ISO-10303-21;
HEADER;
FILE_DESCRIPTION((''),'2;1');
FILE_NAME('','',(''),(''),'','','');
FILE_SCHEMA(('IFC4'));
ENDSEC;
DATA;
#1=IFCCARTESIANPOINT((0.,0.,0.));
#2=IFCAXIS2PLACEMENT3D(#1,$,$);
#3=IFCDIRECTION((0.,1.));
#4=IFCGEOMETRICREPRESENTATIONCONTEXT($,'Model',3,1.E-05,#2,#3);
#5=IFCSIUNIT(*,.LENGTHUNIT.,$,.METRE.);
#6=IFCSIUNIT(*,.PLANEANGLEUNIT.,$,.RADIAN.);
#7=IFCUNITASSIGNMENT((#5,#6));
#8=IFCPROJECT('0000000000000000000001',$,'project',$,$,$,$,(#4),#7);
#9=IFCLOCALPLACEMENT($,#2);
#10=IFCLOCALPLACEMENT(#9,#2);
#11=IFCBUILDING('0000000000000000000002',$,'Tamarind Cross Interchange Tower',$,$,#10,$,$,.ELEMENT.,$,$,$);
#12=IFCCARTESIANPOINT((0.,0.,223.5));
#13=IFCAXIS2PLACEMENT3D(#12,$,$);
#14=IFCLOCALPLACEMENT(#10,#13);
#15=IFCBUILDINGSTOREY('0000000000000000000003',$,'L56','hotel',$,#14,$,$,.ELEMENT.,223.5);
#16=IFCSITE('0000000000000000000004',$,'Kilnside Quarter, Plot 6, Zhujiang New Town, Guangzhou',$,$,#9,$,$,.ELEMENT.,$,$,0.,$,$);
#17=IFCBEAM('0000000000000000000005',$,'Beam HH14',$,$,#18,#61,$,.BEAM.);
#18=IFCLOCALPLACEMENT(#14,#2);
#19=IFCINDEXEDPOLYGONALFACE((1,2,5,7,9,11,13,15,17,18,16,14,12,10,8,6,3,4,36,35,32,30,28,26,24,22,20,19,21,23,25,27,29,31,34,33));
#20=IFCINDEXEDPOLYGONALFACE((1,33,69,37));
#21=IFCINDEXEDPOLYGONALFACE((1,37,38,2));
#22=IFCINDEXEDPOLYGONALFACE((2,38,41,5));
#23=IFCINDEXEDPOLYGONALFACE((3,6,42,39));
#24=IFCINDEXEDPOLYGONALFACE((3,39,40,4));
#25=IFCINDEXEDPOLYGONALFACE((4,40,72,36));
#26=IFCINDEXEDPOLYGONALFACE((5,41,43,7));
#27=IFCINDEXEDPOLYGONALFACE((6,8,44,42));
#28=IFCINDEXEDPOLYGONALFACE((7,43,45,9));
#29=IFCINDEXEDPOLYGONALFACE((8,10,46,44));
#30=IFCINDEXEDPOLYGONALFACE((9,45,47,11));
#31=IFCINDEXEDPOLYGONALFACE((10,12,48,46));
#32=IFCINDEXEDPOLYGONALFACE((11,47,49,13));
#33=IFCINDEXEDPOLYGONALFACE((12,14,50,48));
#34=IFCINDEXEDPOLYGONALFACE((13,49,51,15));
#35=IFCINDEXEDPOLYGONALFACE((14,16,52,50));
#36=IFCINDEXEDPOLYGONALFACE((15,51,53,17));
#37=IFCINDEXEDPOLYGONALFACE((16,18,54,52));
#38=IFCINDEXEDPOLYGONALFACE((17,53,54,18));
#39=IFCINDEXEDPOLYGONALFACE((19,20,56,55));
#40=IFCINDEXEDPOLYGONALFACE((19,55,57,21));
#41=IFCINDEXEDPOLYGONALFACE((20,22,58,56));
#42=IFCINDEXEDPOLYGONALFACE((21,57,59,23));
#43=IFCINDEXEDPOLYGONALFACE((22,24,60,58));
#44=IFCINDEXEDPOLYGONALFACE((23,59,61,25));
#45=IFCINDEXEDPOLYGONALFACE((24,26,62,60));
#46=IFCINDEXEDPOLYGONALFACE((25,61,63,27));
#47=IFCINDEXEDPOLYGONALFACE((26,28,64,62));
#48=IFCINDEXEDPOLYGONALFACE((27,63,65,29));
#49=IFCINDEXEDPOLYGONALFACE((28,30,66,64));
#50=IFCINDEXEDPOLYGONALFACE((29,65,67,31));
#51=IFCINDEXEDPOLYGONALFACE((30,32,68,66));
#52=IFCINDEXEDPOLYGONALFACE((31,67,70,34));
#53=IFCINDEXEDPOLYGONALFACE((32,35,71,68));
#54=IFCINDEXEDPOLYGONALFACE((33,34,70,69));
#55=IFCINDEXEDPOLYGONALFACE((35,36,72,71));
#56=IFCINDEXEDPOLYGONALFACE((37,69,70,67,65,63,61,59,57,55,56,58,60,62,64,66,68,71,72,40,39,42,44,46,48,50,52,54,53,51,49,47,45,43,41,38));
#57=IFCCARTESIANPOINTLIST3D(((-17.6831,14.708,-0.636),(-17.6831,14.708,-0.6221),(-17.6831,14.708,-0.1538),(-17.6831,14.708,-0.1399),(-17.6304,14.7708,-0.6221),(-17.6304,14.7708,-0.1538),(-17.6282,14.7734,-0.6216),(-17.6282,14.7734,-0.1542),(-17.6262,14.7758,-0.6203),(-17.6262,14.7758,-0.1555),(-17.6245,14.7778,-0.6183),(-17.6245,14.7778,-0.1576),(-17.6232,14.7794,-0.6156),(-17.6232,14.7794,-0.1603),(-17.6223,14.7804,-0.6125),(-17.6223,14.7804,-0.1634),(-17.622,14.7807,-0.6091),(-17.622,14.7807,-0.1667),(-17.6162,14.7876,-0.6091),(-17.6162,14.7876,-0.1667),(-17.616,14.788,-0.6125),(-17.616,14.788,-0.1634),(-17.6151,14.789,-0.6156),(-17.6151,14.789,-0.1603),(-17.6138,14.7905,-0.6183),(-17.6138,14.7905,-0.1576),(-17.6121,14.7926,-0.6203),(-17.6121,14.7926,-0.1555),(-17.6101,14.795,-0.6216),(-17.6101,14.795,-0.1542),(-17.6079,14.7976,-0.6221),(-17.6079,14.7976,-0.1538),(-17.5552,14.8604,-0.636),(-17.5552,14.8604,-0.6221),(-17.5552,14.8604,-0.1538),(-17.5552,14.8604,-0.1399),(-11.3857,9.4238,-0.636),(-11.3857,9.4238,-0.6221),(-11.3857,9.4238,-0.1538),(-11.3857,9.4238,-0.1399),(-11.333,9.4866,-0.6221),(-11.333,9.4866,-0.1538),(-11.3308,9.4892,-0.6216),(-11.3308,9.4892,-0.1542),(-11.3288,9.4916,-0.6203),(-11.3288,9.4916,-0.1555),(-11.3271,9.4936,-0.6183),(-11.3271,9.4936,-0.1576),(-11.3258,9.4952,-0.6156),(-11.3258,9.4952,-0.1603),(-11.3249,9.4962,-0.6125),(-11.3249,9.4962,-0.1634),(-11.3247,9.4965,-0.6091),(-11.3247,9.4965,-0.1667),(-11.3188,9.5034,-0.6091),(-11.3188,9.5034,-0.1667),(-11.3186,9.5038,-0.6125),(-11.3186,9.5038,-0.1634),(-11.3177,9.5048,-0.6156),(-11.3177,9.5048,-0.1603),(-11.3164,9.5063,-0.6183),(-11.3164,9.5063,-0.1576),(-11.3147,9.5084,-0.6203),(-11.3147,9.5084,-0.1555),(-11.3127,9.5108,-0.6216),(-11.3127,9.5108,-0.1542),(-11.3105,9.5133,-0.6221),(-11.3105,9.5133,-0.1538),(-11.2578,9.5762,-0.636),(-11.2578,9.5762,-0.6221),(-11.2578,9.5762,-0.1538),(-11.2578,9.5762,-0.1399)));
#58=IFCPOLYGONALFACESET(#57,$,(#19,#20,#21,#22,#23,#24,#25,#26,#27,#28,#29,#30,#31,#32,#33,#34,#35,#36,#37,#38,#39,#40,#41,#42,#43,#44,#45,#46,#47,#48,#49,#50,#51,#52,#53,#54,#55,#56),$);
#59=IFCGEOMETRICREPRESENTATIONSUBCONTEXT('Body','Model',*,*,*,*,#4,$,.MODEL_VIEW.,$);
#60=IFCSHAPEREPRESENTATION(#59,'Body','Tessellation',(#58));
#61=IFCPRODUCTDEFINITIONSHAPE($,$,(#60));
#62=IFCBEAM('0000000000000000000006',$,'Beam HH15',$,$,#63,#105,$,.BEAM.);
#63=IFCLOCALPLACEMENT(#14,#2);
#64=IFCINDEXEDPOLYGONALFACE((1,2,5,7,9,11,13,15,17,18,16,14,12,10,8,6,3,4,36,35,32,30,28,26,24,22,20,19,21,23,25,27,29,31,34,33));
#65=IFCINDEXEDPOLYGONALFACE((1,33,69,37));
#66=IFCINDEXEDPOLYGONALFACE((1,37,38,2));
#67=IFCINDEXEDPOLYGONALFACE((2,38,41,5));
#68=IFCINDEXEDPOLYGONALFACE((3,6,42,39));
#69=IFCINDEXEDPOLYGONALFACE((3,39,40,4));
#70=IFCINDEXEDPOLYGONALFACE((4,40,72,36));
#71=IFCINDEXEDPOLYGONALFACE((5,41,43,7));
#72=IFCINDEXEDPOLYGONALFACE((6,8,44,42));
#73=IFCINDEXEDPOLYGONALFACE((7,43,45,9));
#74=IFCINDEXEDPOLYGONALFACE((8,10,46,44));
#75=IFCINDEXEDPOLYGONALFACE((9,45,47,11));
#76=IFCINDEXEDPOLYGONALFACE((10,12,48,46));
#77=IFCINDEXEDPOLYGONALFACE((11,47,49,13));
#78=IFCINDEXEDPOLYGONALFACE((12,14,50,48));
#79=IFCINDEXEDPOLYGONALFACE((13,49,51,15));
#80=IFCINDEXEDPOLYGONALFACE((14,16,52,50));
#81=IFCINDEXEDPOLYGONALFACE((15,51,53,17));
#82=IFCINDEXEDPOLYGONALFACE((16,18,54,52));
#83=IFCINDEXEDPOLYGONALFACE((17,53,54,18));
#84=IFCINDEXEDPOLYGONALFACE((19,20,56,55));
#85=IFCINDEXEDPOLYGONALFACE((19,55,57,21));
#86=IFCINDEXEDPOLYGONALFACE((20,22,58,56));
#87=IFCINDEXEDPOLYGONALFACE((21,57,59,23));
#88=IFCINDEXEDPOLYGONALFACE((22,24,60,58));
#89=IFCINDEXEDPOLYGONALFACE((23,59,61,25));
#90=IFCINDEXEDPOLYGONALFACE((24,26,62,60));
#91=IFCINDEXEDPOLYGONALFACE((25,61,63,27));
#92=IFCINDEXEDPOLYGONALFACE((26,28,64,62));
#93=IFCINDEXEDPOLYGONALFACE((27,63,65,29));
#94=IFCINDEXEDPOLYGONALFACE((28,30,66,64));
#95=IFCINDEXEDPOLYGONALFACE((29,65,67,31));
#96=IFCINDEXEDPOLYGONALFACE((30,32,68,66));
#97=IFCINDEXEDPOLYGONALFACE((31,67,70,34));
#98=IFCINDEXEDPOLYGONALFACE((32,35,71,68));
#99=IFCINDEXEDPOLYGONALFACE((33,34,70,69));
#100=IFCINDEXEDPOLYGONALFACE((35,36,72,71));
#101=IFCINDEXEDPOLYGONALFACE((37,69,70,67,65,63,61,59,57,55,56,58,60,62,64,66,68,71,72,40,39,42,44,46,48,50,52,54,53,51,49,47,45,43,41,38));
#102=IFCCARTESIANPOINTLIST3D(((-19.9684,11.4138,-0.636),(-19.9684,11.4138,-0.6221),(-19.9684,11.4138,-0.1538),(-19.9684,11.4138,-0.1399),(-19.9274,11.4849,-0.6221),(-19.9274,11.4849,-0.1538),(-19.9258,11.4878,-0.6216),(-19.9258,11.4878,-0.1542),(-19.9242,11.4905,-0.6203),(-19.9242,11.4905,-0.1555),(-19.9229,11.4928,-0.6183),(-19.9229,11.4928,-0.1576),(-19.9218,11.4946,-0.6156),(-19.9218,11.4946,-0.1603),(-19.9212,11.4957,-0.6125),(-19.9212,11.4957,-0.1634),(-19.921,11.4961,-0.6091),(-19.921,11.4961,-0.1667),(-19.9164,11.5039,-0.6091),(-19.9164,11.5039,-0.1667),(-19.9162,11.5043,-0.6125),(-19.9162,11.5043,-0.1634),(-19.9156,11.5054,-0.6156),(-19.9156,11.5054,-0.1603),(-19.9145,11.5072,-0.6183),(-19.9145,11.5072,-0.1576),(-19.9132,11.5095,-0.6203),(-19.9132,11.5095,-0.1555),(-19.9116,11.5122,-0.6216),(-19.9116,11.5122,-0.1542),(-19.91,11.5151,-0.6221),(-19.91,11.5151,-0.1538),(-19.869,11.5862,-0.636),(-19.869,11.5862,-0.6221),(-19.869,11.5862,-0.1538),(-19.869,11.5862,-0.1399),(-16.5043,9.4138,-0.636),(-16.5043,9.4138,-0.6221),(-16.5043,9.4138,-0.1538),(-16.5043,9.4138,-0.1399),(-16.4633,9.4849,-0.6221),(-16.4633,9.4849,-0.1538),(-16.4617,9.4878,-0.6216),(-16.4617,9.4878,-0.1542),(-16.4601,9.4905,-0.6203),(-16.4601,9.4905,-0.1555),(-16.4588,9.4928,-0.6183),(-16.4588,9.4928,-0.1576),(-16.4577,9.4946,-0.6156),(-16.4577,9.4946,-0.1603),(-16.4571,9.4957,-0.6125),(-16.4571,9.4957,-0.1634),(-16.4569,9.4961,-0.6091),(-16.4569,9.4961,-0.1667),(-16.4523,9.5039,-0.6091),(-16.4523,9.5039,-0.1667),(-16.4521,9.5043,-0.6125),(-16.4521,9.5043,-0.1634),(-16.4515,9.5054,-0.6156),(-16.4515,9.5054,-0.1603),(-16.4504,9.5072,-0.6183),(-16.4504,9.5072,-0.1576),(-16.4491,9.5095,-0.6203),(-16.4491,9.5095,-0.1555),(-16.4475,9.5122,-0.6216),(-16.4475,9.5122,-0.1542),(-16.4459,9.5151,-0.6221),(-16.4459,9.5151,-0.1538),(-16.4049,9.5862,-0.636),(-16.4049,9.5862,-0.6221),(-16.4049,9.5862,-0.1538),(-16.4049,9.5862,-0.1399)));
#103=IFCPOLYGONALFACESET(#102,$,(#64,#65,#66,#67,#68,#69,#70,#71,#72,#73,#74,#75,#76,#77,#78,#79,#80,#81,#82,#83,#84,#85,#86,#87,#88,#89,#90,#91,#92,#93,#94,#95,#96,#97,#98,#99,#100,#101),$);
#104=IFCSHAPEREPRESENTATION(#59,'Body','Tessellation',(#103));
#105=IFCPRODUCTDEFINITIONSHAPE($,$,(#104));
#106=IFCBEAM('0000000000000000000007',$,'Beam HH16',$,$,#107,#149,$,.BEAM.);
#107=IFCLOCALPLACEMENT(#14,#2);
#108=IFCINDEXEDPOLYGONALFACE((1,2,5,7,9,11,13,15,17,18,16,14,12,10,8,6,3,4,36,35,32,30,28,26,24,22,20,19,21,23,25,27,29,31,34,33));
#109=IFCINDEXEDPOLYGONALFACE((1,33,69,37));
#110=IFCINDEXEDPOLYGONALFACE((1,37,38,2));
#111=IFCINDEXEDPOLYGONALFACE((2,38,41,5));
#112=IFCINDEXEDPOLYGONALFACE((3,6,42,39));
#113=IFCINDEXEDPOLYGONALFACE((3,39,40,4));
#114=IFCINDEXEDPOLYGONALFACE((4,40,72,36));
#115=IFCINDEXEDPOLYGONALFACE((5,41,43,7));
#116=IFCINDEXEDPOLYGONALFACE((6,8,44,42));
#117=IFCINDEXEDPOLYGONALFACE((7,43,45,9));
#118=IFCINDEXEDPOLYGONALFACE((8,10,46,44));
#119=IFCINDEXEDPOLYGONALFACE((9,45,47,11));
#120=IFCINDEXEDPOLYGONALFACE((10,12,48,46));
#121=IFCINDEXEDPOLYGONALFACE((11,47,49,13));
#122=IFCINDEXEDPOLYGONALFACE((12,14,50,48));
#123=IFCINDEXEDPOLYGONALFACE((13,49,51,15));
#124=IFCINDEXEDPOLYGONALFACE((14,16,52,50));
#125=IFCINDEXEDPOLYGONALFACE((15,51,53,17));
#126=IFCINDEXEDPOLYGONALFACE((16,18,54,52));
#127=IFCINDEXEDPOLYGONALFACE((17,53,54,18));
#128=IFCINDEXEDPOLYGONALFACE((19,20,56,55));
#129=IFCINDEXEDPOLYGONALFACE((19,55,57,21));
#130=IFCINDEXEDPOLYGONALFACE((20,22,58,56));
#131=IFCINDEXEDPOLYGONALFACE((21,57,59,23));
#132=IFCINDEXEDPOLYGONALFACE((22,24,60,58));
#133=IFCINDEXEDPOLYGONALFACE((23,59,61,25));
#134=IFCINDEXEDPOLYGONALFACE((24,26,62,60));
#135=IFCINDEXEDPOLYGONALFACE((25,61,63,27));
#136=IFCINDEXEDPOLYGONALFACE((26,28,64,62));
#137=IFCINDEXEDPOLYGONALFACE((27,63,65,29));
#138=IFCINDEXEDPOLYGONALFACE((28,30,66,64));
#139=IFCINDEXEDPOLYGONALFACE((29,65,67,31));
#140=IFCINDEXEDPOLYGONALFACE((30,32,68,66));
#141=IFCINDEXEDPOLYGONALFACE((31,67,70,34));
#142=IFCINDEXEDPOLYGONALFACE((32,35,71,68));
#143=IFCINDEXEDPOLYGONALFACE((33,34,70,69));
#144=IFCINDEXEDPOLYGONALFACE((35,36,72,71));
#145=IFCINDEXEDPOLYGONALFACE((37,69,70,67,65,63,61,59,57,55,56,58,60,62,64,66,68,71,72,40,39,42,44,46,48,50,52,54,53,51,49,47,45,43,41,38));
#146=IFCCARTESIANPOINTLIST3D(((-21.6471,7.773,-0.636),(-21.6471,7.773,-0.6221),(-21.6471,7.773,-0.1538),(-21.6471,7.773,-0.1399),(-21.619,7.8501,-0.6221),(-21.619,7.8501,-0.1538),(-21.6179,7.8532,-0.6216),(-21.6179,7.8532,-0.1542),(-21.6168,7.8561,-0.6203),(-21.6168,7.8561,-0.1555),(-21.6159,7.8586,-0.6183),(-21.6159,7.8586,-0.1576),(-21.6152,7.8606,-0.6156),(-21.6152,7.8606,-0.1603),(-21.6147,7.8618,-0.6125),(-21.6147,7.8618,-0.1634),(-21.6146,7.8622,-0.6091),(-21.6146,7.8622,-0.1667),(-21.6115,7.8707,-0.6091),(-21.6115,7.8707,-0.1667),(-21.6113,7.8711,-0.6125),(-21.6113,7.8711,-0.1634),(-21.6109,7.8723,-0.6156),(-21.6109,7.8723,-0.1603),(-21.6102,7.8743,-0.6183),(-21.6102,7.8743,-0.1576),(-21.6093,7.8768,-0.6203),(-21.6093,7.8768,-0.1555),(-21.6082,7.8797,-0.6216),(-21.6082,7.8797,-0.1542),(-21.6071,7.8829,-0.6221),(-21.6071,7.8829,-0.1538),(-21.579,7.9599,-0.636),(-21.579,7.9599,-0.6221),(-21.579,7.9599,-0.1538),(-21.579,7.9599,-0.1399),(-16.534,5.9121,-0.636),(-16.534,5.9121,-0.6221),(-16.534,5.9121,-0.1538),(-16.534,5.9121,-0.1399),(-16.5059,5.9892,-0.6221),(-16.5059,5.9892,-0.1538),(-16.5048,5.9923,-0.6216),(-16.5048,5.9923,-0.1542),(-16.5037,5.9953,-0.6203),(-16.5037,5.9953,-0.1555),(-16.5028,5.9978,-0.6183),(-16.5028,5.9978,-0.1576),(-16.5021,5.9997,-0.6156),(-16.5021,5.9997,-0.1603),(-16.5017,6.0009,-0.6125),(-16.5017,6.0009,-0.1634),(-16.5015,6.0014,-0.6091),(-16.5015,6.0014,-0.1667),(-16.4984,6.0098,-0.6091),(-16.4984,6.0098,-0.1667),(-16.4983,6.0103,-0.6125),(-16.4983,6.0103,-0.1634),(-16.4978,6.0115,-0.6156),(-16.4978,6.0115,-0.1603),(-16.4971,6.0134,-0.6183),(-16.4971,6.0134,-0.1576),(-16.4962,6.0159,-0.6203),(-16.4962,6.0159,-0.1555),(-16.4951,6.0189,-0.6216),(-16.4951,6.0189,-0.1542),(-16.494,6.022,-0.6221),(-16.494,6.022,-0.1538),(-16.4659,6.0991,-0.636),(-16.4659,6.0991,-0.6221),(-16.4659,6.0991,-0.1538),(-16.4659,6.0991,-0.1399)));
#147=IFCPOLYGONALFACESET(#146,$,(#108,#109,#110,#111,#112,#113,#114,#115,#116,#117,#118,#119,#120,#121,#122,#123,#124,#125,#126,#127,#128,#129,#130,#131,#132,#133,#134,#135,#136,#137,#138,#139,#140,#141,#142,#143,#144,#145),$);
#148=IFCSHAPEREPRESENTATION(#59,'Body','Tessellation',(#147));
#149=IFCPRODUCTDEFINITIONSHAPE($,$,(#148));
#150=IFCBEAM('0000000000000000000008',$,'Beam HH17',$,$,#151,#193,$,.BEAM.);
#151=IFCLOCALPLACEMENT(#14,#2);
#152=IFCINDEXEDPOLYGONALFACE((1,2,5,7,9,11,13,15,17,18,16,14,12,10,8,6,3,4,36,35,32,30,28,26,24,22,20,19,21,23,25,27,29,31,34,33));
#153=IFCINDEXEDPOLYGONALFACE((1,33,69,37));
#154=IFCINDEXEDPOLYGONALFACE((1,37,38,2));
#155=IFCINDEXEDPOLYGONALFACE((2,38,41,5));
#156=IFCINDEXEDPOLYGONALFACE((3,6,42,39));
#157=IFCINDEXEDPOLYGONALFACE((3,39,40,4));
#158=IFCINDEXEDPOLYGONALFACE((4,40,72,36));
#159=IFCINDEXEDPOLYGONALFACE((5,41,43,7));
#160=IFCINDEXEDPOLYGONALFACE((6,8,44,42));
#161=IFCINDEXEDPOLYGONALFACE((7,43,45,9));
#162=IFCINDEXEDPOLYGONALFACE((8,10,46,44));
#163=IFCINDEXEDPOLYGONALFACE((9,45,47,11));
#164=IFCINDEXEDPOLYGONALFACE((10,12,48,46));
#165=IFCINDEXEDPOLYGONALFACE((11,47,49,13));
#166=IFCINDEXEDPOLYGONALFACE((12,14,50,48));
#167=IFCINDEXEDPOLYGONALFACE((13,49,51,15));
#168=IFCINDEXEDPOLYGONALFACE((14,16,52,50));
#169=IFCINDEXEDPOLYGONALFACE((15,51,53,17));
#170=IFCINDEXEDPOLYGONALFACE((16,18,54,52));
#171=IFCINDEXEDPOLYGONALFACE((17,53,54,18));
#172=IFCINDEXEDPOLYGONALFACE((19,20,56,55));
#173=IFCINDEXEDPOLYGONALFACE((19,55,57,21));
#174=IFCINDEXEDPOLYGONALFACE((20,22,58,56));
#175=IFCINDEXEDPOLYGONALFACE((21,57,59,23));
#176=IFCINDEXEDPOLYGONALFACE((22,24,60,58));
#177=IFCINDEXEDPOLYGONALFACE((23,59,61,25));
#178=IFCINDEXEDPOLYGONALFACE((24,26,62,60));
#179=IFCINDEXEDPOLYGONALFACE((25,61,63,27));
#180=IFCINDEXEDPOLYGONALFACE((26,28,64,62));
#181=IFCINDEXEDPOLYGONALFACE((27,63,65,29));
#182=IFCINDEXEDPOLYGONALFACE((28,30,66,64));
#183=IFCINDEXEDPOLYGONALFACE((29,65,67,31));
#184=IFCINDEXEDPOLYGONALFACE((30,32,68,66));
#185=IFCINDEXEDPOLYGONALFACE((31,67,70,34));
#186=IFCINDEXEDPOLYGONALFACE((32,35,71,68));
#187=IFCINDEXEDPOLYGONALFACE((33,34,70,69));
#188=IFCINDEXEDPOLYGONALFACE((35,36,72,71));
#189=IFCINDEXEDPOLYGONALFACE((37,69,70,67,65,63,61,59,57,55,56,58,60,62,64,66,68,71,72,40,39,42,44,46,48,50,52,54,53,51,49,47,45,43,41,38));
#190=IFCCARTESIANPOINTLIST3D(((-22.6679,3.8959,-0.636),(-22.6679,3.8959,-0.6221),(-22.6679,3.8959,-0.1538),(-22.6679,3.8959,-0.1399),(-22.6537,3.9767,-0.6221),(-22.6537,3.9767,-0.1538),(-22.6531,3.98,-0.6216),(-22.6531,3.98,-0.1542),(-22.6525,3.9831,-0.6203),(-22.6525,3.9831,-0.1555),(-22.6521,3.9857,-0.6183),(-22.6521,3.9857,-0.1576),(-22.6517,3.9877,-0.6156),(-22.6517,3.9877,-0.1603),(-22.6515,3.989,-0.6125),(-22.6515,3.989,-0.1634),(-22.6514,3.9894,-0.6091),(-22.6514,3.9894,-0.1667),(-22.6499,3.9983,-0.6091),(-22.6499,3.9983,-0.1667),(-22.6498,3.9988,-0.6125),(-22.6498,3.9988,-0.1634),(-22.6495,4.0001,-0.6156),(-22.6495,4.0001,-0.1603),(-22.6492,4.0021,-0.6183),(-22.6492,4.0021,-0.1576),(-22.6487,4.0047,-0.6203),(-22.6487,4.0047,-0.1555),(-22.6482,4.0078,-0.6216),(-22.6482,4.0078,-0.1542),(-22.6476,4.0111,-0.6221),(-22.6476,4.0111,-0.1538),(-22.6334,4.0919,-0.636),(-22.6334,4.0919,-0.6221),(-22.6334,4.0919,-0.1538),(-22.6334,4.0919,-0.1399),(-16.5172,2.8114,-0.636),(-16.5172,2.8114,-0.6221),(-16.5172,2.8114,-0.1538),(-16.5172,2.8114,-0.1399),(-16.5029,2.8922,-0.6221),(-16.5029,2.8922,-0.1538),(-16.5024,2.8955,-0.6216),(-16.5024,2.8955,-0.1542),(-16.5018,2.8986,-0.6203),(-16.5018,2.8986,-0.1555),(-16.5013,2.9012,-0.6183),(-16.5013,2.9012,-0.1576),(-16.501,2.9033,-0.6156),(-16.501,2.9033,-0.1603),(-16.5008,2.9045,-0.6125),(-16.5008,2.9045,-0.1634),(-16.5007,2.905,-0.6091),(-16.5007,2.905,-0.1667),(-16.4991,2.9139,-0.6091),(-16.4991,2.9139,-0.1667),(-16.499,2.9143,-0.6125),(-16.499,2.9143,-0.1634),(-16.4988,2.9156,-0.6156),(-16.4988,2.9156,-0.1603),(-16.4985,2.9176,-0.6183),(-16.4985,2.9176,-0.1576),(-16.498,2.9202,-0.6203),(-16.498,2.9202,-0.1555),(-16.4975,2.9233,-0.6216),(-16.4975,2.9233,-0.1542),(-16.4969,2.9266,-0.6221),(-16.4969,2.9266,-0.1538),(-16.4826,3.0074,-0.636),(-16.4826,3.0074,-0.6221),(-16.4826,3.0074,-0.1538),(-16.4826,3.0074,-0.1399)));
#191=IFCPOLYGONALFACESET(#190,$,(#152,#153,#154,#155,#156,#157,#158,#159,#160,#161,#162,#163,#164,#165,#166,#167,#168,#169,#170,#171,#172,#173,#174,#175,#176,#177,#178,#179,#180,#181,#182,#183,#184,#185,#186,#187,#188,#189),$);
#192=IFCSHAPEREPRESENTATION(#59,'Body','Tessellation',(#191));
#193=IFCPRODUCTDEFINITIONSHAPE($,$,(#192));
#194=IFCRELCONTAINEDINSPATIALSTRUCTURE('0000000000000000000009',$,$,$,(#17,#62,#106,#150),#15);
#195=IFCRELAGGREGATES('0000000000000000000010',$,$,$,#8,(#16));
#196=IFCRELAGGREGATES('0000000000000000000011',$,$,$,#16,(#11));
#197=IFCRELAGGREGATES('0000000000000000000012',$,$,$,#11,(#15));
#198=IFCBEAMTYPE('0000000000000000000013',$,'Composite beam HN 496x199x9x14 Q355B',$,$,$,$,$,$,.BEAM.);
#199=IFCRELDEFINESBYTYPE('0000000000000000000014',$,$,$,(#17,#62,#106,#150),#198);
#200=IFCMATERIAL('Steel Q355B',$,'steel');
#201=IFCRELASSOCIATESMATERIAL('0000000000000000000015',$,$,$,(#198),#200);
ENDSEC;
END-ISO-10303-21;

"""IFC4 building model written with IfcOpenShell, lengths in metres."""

from ifc_helpers import new_model, si_unit, direction, frame, origin, origin_2d, place, context, subcontext, project, spatial, i_section, extrude, material, material_profile, profile_set, type_object, element, save


model = new_model("IFC4")

# Units and contexts
model_context = context("Model", 3, precision=1e-05, world=origin(), true_north=direction((0.0, 1.0)))
body_context = subcontext(model_context, "Body", "Model", "MODEL_VIEW")
ifc_project = project(units=[si_unit("LENGTHUNIT", "METRE"), si_unit("PLANEANGLEUNIT", "RADIAN")], contexts=[model_context])

# Site, building, storey
site_placement = place(None, origin())
site = spatial("IfcSite", under=ifc_project, at=site_placement, Name="Kilnside Quarter, Plot 6, Zhujiang New Town, Guangzhou", CompositionType="ELEMENT", RefElevation=0.0)
building_placement = place(site_placement, origin())
building = spatial("IfcBuilding", under=site, at=building_placement, Name="Tamarind Cross Interchange Tower", CompositionType="ELEMENT")
storey_placement = place(building_placement, frame((0.0, 0.0, 223.5)))
storey = spatial("IfcBuildingStorey", under=building, at=storey_placement, Name="L56", Description="hotel", CompositionType="ELEMENT", Elevation=223.5)

# Beams
ifc_material_1 = material(Name="Steel Q355B", Category="steel")
ifc_material_profile_1 = material_profile(ifc_material_1, i_section(OverallWidth=0.199, OverallDepth=0.4961, WebThickness=0.009, FlangeThickness=0.0139, FilletRadius=0.0129, at=origin_2d()), Name="HN 496x199x9x14")
ifc_profile_set_1 = profile_set([ifc_material_profile_1], Name="Steel Q355B")
beam_type = type_object("IfcBeamType", Name="Composite beam HN 496x199x9x14 Q355B", PredefinedType="BEAM", material=ifc_profile_set_1)
beam_1_placement = place(storey_placement, frame((-17.6191, 14.7842, -0.3879), z_axis=(0.766041, -0.642792, 0.0), x_axis=(0.642792, 0.766041, 0.0)))
element("IfcBeam", 1, at=beam_1_placement, inside=storey, type_object=beam_type, Name="Beam HH14", PredefinedType="BEAM", context=body_context, shape_type="SweptSolid", body=[
    extrude(i_section(OverallWidth=0.199, OverallDepth=0.4961, WebThickness=0.009, FlangeThickness=0.0139, FilletRadius=0.0129, at=origin_2d()), origin(), (0.0, 0.0, 1.0), 8.2207),
])
beam_2_placement = place(storey_placement, frame((-19.9187, 11.5, -0.3879), z_axis=(0.866026, -0.499999, 0.0), x_axis=(0.499999, 0.866026, 0.0)))
element("IfcBeam", 2, at=beam_2_placement, inside=storey, type_object=beam_type, Name="Beam HH15", PredefinedType="BEAM", context=body_context, shape_type="SweptSolid", body=[
    extrude(i_section(OverallWidth=0.199, OverallDepth=0.4961, WebThickness=0.009, FlangeThickness=0.0139, FilletRadius=0.0129, at=origin_2d()), origin(), (0.0, 0.0, 1.0), 4.0),
])
beam_3_placement = place(storey_placement, frame((-21.613, 7.8665, -0.3879), z_axis=(0.939702, -0.341995, 0.0), x_axis=(0.341995, 0.939702, 0.0)))
element("IfcBeam", 3, at=beam_3_placement, inside=storey, type_object=beam_type, Name="Beam HH16", PredefinedType="BEAM", context=body_context, shape_type="SweptSolid", body=[
    extrude(i_section(OverallWidth=0.199, OverallDepth=0.4961, WebThickness=0.009, FlangeThickness=0.0139, FilletRadius=0.0129, at=origin_2d()), origin(), (0.0, 0.0, 1.0), 5.4412),
])
beam_4_placement = place(storey_placement, frame((-22.6506, 3.9939, -0.3879), z_axis=(0.984809, -0.17364, 0.0), x_axis=(0.17364, 0.984809, 0.0)))
element("IfcBeam", 4, at=beam_4_placement, inside=storey, type_object=beam_type, Name="Beam HH17", PredefinedType="BEAM", context=body_context, shape_type="SweptSolid", body=[
    extrude(i_section(OverallWidth=0.199, OverallDepth=0.4961, WebThickness=0.009, FlangeThickness=0.0139, FilletRadius=0.0129, at=origin_2d()), origin(), (0.0, 0.0, 1.0), 6.2456),
])

save(model, "model.ifc")
